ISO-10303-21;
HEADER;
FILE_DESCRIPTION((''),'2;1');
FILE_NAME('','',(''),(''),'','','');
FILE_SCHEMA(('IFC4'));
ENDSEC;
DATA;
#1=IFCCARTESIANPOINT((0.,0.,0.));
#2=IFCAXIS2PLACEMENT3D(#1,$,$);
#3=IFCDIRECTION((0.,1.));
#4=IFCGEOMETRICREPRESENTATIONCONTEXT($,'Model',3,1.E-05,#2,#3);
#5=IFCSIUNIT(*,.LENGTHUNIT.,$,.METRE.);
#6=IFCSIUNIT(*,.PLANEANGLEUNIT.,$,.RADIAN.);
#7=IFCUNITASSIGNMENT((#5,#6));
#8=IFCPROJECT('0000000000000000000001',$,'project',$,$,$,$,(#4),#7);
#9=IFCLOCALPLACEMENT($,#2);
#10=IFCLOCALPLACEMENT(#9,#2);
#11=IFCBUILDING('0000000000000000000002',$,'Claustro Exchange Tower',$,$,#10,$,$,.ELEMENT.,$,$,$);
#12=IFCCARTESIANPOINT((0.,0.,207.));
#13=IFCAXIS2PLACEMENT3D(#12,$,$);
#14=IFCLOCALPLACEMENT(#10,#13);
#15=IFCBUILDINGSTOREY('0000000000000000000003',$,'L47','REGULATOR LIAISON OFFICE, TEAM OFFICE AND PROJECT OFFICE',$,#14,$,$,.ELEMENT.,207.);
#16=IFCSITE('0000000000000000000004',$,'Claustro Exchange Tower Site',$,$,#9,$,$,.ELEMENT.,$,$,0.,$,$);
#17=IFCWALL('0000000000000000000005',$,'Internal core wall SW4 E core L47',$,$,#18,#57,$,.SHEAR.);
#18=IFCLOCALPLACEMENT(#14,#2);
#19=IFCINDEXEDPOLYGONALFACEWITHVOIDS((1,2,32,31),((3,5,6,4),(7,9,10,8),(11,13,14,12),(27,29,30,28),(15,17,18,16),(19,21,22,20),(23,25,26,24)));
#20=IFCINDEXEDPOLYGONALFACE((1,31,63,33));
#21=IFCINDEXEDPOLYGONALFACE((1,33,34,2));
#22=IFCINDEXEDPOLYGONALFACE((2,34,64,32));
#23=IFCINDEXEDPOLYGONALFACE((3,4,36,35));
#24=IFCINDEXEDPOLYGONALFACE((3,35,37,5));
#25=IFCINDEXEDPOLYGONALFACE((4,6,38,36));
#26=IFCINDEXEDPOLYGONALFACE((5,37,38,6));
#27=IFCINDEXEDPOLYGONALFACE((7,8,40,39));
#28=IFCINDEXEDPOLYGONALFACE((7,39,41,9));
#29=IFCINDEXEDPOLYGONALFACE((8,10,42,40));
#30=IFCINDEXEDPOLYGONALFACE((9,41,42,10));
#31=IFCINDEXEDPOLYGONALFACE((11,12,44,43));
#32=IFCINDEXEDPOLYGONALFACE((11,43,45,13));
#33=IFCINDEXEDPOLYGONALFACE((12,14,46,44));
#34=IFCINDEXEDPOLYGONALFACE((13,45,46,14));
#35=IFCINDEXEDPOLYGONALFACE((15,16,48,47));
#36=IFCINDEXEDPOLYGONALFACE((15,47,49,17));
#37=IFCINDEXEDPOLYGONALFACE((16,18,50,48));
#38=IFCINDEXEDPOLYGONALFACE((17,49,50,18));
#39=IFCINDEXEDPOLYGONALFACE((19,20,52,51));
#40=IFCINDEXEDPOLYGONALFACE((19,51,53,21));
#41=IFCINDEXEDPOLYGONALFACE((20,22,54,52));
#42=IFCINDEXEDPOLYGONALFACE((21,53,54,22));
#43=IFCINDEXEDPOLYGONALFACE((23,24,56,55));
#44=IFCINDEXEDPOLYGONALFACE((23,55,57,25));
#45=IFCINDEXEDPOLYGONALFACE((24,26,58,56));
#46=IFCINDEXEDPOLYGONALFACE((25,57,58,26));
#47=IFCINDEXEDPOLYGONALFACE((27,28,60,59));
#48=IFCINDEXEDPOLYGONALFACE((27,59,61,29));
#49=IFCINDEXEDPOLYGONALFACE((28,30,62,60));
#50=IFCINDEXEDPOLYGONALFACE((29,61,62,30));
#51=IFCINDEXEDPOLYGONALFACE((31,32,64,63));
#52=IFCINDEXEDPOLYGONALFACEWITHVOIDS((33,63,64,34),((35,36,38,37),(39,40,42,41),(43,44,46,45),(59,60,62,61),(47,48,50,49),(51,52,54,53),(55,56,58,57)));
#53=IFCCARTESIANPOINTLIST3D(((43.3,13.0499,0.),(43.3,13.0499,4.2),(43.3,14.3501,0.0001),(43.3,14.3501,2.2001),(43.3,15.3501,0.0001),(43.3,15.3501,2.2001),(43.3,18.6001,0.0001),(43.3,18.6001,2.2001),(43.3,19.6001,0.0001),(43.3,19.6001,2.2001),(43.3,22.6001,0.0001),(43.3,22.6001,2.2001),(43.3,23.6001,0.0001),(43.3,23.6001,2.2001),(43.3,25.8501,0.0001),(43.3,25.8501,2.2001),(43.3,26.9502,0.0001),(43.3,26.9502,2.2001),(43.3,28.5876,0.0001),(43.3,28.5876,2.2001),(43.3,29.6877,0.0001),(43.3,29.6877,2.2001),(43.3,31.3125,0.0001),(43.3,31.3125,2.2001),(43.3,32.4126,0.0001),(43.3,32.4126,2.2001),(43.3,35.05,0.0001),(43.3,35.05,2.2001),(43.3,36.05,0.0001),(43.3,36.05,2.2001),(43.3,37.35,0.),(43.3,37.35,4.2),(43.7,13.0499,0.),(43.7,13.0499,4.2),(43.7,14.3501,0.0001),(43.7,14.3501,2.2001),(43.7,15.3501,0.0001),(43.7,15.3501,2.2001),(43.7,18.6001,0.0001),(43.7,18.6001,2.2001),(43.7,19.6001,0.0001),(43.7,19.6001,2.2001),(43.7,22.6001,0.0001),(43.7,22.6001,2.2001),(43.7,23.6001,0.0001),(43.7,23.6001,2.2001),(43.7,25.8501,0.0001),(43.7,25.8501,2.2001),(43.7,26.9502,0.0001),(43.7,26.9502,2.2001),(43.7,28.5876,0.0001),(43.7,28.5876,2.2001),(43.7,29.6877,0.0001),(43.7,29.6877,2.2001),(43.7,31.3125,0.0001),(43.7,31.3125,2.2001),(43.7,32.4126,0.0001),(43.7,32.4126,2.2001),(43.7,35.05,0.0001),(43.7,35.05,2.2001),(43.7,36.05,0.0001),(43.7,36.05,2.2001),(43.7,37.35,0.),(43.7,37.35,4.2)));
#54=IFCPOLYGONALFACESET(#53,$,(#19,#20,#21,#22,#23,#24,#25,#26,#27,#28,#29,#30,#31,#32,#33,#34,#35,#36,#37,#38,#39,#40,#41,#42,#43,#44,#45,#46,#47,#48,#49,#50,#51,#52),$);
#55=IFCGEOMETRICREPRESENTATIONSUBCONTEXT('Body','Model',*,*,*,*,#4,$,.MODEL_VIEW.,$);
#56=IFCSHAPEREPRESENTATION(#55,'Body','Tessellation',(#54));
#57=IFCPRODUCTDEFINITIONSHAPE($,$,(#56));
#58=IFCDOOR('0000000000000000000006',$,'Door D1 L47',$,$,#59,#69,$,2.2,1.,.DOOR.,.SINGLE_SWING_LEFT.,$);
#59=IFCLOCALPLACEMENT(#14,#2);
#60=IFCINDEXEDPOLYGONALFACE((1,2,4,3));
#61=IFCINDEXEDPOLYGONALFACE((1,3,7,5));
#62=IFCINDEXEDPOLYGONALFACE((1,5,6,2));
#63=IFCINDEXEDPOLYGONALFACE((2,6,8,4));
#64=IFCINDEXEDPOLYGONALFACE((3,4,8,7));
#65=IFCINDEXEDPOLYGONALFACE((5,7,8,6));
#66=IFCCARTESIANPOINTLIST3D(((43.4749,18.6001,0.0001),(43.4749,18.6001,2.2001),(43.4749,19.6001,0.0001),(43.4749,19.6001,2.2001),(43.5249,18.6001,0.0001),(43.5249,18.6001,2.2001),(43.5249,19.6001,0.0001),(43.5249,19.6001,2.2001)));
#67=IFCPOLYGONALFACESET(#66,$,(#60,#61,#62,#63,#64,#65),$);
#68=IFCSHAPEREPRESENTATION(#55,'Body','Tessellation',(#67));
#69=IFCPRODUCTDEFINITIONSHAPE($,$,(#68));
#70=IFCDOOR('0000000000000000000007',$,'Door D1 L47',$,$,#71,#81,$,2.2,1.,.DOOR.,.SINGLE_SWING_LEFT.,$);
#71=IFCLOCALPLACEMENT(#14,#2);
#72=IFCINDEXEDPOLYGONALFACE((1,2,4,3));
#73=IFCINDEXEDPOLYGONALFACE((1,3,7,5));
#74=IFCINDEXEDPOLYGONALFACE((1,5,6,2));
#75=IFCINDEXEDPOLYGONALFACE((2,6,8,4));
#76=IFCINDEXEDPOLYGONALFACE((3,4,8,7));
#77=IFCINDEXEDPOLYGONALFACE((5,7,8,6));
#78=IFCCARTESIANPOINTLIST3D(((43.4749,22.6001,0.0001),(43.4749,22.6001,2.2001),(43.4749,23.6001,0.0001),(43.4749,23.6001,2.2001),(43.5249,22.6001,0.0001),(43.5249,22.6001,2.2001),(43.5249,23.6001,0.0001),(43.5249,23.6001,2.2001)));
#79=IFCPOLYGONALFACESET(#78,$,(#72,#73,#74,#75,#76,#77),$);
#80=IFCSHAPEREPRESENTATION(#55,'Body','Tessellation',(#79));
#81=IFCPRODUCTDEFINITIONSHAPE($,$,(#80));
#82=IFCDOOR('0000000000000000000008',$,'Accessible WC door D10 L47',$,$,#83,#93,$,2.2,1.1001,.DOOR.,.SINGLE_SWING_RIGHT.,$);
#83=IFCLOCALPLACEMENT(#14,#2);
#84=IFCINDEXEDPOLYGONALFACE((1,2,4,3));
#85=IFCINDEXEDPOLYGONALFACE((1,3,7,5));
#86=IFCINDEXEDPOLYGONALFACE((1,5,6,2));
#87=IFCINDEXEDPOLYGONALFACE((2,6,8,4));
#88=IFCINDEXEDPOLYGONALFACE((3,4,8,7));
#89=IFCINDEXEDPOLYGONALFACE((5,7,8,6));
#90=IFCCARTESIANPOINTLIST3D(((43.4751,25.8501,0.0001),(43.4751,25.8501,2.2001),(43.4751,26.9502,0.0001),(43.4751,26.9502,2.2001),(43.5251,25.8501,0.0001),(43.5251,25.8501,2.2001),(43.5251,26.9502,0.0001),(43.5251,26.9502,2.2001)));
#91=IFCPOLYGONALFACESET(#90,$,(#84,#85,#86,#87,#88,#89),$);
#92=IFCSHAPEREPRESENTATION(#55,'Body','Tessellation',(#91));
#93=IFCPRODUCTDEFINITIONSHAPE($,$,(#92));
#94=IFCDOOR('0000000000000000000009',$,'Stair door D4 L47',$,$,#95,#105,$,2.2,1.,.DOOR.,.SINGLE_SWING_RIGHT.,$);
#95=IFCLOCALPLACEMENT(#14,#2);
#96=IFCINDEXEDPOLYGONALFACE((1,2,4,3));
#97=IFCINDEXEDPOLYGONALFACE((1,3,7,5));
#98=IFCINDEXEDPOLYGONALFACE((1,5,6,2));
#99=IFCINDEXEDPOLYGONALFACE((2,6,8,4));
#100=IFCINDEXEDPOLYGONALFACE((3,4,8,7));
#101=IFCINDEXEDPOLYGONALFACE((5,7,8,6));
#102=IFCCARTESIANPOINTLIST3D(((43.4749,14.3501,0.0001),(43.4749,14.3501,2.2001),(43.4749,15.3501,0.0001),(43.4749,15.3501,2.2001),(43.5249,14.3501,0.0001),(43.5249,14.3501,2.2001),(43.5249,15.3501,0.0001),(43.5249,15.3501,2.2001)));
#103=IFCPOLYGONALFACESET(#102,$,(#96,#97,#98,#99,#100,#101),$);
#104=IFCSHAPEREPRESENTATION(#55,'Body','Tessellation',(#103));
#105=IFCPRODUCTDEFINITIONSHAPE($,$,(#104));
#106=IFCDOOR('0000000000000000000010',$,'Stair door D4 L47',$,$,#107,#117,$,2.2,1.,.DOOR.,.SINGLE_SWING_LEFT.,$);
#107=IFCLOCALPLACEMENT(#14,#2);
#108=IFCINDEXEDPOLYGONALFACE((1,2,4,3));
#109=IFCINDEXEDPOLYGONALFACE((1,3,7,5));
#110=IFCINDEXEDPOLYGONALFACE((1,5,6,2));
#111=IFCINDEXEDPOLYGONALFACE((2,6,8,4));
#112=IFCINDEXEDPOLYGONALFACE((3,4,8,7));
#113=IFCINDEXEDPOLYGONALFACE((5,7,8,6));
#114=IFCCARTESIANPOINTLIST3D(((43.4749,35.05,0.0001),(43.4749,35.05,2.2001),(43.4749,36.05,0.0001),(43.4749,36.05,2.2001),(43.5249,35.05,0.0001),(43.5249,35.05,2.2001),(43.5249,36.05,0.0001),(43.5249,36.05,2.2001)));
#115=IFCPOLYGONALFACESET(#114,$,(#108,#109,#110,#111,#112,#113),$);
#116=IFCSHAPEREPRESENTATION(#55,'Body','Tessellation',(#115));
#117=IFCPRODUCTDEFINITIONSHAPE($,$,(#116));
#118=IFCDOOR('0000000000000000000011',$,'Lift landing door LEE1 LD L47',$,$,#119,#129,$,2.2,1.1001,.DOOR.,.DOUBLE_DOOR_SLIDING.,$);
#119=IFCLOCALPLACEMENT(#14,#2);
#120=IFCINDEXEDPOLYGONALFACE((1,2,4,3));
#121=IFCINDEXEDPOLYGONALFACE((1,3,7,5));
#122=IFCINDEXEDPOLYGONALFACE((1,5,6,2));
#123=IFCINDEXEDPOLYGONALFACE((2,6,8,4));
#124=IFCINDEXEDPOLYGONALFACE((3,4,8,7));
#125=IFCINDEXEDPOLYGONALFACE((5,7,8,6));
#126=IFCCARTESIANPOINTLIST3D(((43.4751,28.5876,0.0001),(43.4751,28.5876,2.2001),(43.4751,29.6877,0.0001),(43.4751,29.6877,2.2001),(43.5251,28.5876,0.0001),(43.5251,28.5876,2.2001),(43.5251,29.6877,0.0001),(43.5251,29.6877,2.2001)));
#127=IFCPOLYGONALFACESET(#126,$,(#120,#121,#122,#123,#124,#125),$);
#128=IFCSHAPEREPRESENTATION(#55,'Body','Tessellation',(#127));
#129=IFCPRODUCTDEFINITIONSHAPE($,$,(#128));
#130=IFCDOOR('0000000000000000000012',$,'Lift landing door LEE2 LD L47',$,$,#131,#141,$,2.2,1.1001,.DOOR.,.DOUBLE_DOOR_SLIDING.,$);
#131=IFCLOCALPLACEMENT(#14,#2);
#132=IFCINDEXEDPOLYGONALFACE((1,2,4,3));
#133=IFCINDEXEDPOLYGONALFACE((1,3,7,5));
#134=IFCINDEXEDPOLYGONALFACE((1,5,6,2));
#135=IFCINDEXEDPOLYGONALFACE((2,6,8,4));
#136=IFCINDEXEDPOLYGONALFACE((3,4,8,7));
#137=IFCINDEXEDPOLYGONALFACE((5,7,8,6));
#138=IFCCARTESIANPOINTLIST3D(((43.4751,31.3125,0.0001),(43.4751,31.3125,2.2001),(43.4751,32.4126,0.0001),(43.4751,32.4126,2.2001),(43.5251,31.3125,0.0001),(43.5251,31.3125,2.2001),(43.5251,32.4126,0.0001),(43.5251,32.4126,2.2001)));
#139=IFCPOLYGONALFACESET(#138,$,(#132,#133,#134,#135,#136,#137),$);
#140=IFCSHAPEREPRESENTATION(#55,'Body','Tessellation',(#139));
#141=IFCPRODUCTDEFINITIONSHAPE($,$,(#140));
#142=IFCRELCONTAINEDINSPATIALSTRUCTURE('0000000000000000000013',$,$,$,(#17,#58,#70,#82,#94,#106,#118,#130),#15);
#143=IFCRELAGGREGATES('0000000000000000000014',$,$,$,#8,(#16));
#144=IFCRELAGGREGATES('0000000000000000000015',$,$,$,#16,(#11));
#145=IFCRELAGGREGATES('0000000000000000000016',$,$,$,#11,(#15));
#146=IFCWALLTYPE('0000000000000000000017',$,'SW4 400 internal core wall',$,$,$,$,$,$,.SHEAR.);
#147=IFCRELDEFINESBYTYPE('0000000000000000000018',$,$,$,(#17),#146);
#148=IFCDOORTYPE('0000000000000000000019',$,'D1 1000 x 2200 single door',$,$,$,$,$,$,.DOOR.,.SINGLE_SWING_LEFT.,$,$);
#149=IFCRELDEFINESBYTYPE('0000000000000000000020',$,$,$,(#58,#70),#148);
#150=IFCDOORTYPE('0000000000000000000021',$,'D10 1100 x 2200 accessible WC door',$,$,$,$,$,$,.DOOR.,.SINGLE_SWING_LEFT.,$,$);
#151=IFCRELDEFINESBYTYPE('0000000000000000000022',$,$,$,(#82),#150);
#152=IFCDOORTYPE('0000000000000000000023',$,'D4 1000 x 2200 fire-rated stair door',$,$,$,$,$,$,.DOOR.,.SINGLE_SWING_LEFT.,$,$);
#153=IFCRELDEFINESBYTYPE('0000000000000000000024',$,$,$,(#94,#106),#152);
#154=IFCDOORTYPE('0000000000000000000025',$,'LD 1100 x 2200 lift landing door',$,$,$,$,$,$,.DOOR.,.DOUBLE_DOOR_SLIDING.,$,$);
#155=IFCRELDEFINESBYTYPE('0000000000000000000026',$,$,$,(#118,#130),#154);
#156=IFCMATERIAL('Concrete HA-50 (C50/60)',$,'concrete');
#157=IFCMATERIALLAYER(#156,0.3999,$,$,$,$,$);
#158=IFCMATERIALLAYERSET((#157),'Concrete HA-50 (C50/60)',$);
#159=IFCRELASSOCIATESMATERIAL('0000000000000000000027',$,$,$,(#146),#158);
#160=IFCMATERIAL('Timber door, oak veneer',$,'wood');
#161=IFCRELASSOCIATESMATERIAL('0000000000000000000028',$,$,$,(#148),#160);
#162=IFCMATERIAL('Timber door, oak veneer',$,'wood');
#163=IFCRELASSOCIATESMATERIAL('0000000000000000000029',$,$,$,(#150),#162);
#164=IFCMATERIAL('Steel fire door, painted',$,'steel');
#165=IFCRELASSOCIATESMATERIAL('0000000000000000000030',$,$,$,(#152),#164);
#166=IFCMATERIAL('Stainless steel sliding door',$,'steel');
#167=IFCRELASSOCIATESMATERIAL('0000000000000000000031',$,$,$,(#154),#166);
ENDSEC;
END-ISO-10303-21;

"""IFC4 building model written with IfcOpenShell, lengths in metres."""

from ifc_helpers import new_model, si_unit, direction, frame, frame_2d, origin, place, context, subcontext, project, spatial, rectangle, extrude, material, layer, layer_set, type_object, element, fill, save


model = new_model("IFC4")

# Units and contexts
model_context = context("Model", 3, precision=1e-05, world=origin(), true_north=direction((0.0, 1.0)))
body_context = subcontext(model_context, "Body", "Model", "MODEL_VIEW")
ifc_project = project(units=[si_unit("LENGTHUNIT", "METRE"), si_unit("PLANEANGLEUNIT", "RADIAN")], contexts=[model_context])

# Site, building, storey
site_placement = place(None, origin())
site = spatial("IfcSite", under=ifc_project, at=site_placement, Name="Claustro Exchange Tower Site", CompositionType="ELEMENT", RefElevation=0.0)
building_placement = place(site_placement, origin())
building = spatial("IfcBuilding", under=site, at=building_placement, Name="Claustro Exchange Tower", CompositionType="ELEMENT")
storey_placement = place(building_placement, frame((0.0, 0.0, 207.0)))
storey = spatial("IfcBuildingStorey", under=building, at=storey_placement, Name="L47", Description="REGULATOR LIAISON OFFICE, TEAM OFFICE AND PROJECT OFFICE", CompositionType="ELEMENT", Elevation=207.0)

# Wall, openings, doors
ifc_material_1 = material(Name="Concrete HA-50 (C50/60)", Category="concrete")
ifc_layer_1 = layer(ifc_material_1, 0.3999)
ifc_layer_set_1 = layer_set([ifc_layer_1], Name="Concrete HA-50 (C50/60)")
wall_type_1 = type_object("IfcWallType", Name="SW4 400 internal core wall", PredefinedType="SHEAR", material=ifc_layer_set_1)
wall_1_placement = place(storey_placement, frame((43.5, 13.05, 0.0), z_axis=(0.0, 0.0, 1.0), x_axis=(0.0, 1.0, 0.0)))
wall_1 = element("IfcWall", 1, at=wall_1_placement, inside=storey, type_object=wall_type_1, Name="Internal core wall SW4 E core L47", PredefinedType="SHEAR", context=body_context, shape_type="SweptSolid", body=[
    extrude(rectangle(XDim=24.3, YDim=0.3999, at=frame_2d((12.1499, 0.0))), origin(), (0.0, 0.0, 1.0), 4.2),
])
opening_1_placement = place(wall_1_placement, frame((1.3, 0.0, 0.0)))
opening_1 = element("IfcOpeningElement", 2, at=opening_1_placement, cuts=wall_1, PredefinedType="OPENING", context=body_context, shape_type="SweptSolid", body=[
    extrude(rectangle(XDim=1.0, YDim=2.2, at=frame_2d((0.5, 1.1001))), frame((0.0, 0.21, 0.0), z_axis=(0.0, -1.0, 0.0), x_axis=(1.0, 0.0, 0.0)), (0.0, 0.0, 1.0), 0.4199),
])
opening_2_placement = place(wall_1_placement, frame((22.0, 0.0, 0.0)))
opening_2 = element("IfcOpeningElement", 3, at=opening_2_placement, cuts=wall_1, PredefinedType="OPENING", context=body_context, shape_type="SweptSolid", body=[
    extrude(rectangle(XDim=1.0, YDim=2.2, at=frame_2d((0.5, 1.1001))), frame((0.0, 0.21, 0.0), z_axis=(0.0, -1.0, 0.0), x_axis=(1.0, 0.0, 0.0)), (0.0, 0.0, 1.0), 0.4199),
])
opening_3_placement = place(wall_1_placement, frame((5.55, 0.0, 0.0)))
opening_3 = element("IfcOpeningElement", 4, at=opening_3_placement, cuts=wall_1, PredefinedType="OPENING", context=body_context, shape_type="SweptSolid", body=[
    extrude(rectangle(XDim=1.0, YDim=2.2, at=frame_2d((0.5, 1.1001))), frame((0.0, 0.21, 0.0), z_axis=(0.0, -1.0, 0.0), x_axis=(1.0, 0.0, 0.0)), (0.0, 0.0, 1.0), 0.4199),
])
opening_4_placement = place(wall_1_placement, frame((9.55, 0.0, 0.0)))
opening_4 = element("IfcOpeningElement", 5, at=opening_4_placement, cuts=wall_1, PredefinedType="OPENING", context=body_context, shape_type="SweptSolid", body=[
    extrude(rectangle(XDim=1.0, YDim=2.2, at=frame_2d((0.5, 1.1001))), frame((0.0, 0.21, 0.0), z_axis=(0.0, -1.0, 0.0), x_axis=(1.0, 0.0, 0.0)), (0.0, 0.0, 1.0), 0.4199),
])
opening_5_placement = place(wall_1_placement, frame((12.8, 0.0, 0.0)))
opening_5 = element("IfcOpeningElement", 6, at=opening_5_placement, cuts=wall_1, PredefinedType="OPENING", context=body_context, shape_type="SweptSolid", body=[
    extrude(rectangle(XDim=1.1001, YDim=2.2, at=frame_2d((0.55, 1.1001))), frame((0.0, 0.21, 0.0), z_axis=(0.0, -1.0, 0.0), x_axis=(1.0, 0.0, 0.0)), (0.0, 0.0, 1.0), 0.4199),
])
opening_6_placement = place(wall_1_placement, frame((15.5376, 0.0, 0.0)))
opening_6 = element("IfcOpeningElement", 7, at=opening_6_placement, cuts=wall_1, PredefinedType="OPENING", context=body_context, shape_type="SweptSolid", body=[
    extrude(rectangle(XDim=1.1001, YDim=2.2, at=frame_2d((0.55, 1.1001))), frame((0.0, 0.21, 0.0), z_axis=(0.0, -1.0, 0.0), x_axis=(1.0, 0.0, 0.0)), (0.0, 0.0, 1.0), 0.4199),
])
opening_7_placement = place(wall_1_placement, frame((18.2625, 0.0, 0.0)))
opening_7 = element("IfcOpeningElement", 8, at=opening_7_placement, cuts=wall_1, PredefinedType="OPENING", context=body_context, shape_type="SweptSolid", body=[
    extrude(rectangle(XDim=1.1001, YDim=2.2, at=frame_2d((0.55, 1.1001))), frame((0.0, 0.21, 0.0), z_axis=(0.0, -1.0, 0.0), x_axis=(1.0, 0.0, 0.0)), (0.0, 0.0, 1.0), 0.4199),
])
ifc_material_2 = material(Name="Timber door, oak veneer", Category="wood")
door_type_1 = type_object("IfcDoorType", Name="D1 1000 x 2200 single door", OperationType="SINGLE_SWING_LEFT", PredefinedType="DOOR", material=ifc_material_2)
door_1_placement = place(opening_3_placement, frame((1.0, 0.0, 0.0), z_axis=(0.0, 0.0, 1.0), x_axis=(-1.0, 0.0, 0.0)))
door_1 = element("IfcDoor", 9, at=door_1_placement, inside=storey, type_object=door_type_1, Name="Door D1 L47", OperationType="SINGLE_SWING_LEFT", OverallHeight=2.2, OverallWidth=1.0, PredefinedType="DOOR", context=body_context, shape_type="SweptSolid", body=[
    extrude(rectangle(XDim=1.0, YDim=2.2, at=frame_2d((0.5, 1.1001))), frame((0.0, 0.0249, 0.0), z_axis=(0.0, -1.0, 0.0), x_axis=(1.0, 0.0, 0.0)), (0.0, 0.0, 1.0), 0.05),
])
fill(opening_3, door_1)
door_2_placement = place(opening_4_placement, frame((1.0, 0.0, 0.0), z_axis=(0.0, 0.0, 1.0), x_axis=(-1.0, 0.0, 0.0)))
door_2 = element("IfcDoor", 10, at=door_2_placement, inside=storey, type_object=door_type_1, Name="Door D1 L47", OperationType="SINGLE_SWING_LEFT", OverallHeight=2.2, OverallWidth=1.0, PredefinedType="DOOR", context=body_context, shape_type="SweptSolid", body=[
    extrude(rectangle(XDim=1.0, YDim=2.2, at=frame_2d((0.5, 1.1001))), frame((0.0, 0.0249, 0.0), z_axis=(0.0, -1.0, 0.0), x_axis=(1.0, 0.0, 0.0)), (0.0, 0.0, 1.0), 0.05),
])
fill(opening_4, door_2)
ifc_material_3 = material(Name="Timber door, oak veneer", Category="wood")
door_type_2 = type_object("IfcDoorType", Name="D10 1100 x 2200 accessible WC door", OperationType="SINGLE_SWING_LEFT", PredefinedType="DOOR", material=ifc_material_3)
door_3_placement = place(opening_5_placement, origin())
door_3 = element("IfcDoor", 11, at=door_3_placement, inside=storey, type_object=door_type_2, Name="Accessible WC door D10 L47", OperationType="SINGLE_SWING_RIGHT", OverallHeight=2.2, OverallWidth=1.1001, PredefinedType="DOOR", context=body_context, shape_type="SweptSolid", body=[
    extrude(rectangle(XDim=1.1001, YDim=2.2, at=frame_2d((0.55, 1.1001))), frame((0.0, 0.0249, 0.0), z_axis=(0.0, -1.0, 0.0), x_axis=(1.0, 0.0, 0.0)), (0.0, 0.0, 1.0), 0.05),
])
fill(opening_5, door_3)
ifc_material_4 = material(Name="Steel fire door, painted", Category="steel")
door_type_3 = type_object("IfcDoorType", Name="D4 1000 x 2200 fire-rated stair door", OperationType="SINGLE_SWING_LEFT", PredefinedType="DOOR", material=ifc_material_4)
door_4_placement = place(opening_1_placement, frame((1.0, 0.0, 0.0), z_axis=(0.0, 0.0, 1.0), x_axis=(-1.0, 0.0, 0.0)))
door_4 = element("IfcDoor", 12, at=door_4_placement, inside=storey, type_object=door_type_3, Name="Stair door D4 L47", OperationType="SINGLE_SWING_RIGHT", OverallHeight=2.2, OverallWidth=1.0, PredefinedType="DOOR", context=body_context, shape_type="SweptSolid", body=[
    extrude(rectangle(XDim=1.0, YDim=2.2, at=frame_2d((0.5, 1.1001))), frame((0.0, 0.0249, 0.0), z_axis=(0.0, -1.0, 0.0), x_axis=(1.0, 0.0, 0.0)), (0.0, 0.0, 1.0), 0.05),
])
fill(opening_1, door_4)
door_5_placement = place(opening_2_placement, frame((1.0, 0.0, 0.0), z_axis=(0.0, 0.0, 1.0), x_axis=(-1.0, 0.0, 0.0)))
door_5 = element("IfcDoor", 13, at=door_5_placement, inside=storey, type_object=door_type_3, Name="Stair door D4 L47", OperationType="SINGLE_SWING_LEFT", OverallHeight=2.2, OverallWidth=1.0, PredefinedType="DOOR", context=body_context, shape_type="SweptSolid", body=[
    extrude(rectangle(XDim=1.0, YDim=2.2, at=frame_2d((0.5, 1.1001))), frame((0.0, 0.0249, 0.0), z_axis=(0.0, -1.0, 0.0), x_axis=(1.0, 0.0, 0.0)), (0.0, 0.0, 1.0), 0.05),
])
fill(opening_2, door_5)
ifc_material_5 = material(Name="Stainless steel sliding door", Category="steel")
door_type_4 = type_object("IfcDoorType", Name="LD 1100 x 2200 lift landing door", OperationType="DOUBLE_DOOR_SLIDING", PredefinedType="DOOR", material=ifc_material_5)
door_6_placement = place(opening_6_placement, origin())
door_6 = element("IfcDoor", 14, at=door_6_placement, inside=storey, type_object=door_type_4, Name="Lift landing door LEE1 LD L47", OperationType="DOUBLE_DOOR_SLIDING", OverallHeight=2.2, OverallWidth=1.1001, PredefinedType="DOOR", context=body_context, shape_type="SweptSolid", body=[
    extrude(rectangle(XDim=1.1001, YDim=2.2, at=frame_2d((0.55, 1.1001))), frame((0.0, 0.0249, 0.0), z_axis=(0.0, -1.0, 0.0), x_axis=(1.0, 0.0, 0.0)), (0.0, 0.0, 1.0), 0.05),
])
fill(opening_6, door_6)
door_7_placement = place(opening_7_placement, origin())
door_7 = element("IfcDoor", 15, at=door_7_placement, inside=storey, type_object=door_type_4, Name="Lift landing door LEE2 LD L47", OperationType="DOUBLE_DOOR_SLIDING", OverallHeight=2.2, OverallWidth=1.1001, PredefinedType="DOOR", context=body_context, shape_type="SweptSolid", body=[
    extrude(rectangle(XDim=1.1001, YDim=2.2, at=frame_2d((0.55, 1.1001))), frame((0.0, 0.0249, 0.0), z_axis=(0.0, -1.0, 0.0), x_axis=(1.0, 0.0, 0.0)), (0.0, 0.0, 1.0), 0.05),
])
fill(opening_7, door_7)

save(model, "model.ifc")
